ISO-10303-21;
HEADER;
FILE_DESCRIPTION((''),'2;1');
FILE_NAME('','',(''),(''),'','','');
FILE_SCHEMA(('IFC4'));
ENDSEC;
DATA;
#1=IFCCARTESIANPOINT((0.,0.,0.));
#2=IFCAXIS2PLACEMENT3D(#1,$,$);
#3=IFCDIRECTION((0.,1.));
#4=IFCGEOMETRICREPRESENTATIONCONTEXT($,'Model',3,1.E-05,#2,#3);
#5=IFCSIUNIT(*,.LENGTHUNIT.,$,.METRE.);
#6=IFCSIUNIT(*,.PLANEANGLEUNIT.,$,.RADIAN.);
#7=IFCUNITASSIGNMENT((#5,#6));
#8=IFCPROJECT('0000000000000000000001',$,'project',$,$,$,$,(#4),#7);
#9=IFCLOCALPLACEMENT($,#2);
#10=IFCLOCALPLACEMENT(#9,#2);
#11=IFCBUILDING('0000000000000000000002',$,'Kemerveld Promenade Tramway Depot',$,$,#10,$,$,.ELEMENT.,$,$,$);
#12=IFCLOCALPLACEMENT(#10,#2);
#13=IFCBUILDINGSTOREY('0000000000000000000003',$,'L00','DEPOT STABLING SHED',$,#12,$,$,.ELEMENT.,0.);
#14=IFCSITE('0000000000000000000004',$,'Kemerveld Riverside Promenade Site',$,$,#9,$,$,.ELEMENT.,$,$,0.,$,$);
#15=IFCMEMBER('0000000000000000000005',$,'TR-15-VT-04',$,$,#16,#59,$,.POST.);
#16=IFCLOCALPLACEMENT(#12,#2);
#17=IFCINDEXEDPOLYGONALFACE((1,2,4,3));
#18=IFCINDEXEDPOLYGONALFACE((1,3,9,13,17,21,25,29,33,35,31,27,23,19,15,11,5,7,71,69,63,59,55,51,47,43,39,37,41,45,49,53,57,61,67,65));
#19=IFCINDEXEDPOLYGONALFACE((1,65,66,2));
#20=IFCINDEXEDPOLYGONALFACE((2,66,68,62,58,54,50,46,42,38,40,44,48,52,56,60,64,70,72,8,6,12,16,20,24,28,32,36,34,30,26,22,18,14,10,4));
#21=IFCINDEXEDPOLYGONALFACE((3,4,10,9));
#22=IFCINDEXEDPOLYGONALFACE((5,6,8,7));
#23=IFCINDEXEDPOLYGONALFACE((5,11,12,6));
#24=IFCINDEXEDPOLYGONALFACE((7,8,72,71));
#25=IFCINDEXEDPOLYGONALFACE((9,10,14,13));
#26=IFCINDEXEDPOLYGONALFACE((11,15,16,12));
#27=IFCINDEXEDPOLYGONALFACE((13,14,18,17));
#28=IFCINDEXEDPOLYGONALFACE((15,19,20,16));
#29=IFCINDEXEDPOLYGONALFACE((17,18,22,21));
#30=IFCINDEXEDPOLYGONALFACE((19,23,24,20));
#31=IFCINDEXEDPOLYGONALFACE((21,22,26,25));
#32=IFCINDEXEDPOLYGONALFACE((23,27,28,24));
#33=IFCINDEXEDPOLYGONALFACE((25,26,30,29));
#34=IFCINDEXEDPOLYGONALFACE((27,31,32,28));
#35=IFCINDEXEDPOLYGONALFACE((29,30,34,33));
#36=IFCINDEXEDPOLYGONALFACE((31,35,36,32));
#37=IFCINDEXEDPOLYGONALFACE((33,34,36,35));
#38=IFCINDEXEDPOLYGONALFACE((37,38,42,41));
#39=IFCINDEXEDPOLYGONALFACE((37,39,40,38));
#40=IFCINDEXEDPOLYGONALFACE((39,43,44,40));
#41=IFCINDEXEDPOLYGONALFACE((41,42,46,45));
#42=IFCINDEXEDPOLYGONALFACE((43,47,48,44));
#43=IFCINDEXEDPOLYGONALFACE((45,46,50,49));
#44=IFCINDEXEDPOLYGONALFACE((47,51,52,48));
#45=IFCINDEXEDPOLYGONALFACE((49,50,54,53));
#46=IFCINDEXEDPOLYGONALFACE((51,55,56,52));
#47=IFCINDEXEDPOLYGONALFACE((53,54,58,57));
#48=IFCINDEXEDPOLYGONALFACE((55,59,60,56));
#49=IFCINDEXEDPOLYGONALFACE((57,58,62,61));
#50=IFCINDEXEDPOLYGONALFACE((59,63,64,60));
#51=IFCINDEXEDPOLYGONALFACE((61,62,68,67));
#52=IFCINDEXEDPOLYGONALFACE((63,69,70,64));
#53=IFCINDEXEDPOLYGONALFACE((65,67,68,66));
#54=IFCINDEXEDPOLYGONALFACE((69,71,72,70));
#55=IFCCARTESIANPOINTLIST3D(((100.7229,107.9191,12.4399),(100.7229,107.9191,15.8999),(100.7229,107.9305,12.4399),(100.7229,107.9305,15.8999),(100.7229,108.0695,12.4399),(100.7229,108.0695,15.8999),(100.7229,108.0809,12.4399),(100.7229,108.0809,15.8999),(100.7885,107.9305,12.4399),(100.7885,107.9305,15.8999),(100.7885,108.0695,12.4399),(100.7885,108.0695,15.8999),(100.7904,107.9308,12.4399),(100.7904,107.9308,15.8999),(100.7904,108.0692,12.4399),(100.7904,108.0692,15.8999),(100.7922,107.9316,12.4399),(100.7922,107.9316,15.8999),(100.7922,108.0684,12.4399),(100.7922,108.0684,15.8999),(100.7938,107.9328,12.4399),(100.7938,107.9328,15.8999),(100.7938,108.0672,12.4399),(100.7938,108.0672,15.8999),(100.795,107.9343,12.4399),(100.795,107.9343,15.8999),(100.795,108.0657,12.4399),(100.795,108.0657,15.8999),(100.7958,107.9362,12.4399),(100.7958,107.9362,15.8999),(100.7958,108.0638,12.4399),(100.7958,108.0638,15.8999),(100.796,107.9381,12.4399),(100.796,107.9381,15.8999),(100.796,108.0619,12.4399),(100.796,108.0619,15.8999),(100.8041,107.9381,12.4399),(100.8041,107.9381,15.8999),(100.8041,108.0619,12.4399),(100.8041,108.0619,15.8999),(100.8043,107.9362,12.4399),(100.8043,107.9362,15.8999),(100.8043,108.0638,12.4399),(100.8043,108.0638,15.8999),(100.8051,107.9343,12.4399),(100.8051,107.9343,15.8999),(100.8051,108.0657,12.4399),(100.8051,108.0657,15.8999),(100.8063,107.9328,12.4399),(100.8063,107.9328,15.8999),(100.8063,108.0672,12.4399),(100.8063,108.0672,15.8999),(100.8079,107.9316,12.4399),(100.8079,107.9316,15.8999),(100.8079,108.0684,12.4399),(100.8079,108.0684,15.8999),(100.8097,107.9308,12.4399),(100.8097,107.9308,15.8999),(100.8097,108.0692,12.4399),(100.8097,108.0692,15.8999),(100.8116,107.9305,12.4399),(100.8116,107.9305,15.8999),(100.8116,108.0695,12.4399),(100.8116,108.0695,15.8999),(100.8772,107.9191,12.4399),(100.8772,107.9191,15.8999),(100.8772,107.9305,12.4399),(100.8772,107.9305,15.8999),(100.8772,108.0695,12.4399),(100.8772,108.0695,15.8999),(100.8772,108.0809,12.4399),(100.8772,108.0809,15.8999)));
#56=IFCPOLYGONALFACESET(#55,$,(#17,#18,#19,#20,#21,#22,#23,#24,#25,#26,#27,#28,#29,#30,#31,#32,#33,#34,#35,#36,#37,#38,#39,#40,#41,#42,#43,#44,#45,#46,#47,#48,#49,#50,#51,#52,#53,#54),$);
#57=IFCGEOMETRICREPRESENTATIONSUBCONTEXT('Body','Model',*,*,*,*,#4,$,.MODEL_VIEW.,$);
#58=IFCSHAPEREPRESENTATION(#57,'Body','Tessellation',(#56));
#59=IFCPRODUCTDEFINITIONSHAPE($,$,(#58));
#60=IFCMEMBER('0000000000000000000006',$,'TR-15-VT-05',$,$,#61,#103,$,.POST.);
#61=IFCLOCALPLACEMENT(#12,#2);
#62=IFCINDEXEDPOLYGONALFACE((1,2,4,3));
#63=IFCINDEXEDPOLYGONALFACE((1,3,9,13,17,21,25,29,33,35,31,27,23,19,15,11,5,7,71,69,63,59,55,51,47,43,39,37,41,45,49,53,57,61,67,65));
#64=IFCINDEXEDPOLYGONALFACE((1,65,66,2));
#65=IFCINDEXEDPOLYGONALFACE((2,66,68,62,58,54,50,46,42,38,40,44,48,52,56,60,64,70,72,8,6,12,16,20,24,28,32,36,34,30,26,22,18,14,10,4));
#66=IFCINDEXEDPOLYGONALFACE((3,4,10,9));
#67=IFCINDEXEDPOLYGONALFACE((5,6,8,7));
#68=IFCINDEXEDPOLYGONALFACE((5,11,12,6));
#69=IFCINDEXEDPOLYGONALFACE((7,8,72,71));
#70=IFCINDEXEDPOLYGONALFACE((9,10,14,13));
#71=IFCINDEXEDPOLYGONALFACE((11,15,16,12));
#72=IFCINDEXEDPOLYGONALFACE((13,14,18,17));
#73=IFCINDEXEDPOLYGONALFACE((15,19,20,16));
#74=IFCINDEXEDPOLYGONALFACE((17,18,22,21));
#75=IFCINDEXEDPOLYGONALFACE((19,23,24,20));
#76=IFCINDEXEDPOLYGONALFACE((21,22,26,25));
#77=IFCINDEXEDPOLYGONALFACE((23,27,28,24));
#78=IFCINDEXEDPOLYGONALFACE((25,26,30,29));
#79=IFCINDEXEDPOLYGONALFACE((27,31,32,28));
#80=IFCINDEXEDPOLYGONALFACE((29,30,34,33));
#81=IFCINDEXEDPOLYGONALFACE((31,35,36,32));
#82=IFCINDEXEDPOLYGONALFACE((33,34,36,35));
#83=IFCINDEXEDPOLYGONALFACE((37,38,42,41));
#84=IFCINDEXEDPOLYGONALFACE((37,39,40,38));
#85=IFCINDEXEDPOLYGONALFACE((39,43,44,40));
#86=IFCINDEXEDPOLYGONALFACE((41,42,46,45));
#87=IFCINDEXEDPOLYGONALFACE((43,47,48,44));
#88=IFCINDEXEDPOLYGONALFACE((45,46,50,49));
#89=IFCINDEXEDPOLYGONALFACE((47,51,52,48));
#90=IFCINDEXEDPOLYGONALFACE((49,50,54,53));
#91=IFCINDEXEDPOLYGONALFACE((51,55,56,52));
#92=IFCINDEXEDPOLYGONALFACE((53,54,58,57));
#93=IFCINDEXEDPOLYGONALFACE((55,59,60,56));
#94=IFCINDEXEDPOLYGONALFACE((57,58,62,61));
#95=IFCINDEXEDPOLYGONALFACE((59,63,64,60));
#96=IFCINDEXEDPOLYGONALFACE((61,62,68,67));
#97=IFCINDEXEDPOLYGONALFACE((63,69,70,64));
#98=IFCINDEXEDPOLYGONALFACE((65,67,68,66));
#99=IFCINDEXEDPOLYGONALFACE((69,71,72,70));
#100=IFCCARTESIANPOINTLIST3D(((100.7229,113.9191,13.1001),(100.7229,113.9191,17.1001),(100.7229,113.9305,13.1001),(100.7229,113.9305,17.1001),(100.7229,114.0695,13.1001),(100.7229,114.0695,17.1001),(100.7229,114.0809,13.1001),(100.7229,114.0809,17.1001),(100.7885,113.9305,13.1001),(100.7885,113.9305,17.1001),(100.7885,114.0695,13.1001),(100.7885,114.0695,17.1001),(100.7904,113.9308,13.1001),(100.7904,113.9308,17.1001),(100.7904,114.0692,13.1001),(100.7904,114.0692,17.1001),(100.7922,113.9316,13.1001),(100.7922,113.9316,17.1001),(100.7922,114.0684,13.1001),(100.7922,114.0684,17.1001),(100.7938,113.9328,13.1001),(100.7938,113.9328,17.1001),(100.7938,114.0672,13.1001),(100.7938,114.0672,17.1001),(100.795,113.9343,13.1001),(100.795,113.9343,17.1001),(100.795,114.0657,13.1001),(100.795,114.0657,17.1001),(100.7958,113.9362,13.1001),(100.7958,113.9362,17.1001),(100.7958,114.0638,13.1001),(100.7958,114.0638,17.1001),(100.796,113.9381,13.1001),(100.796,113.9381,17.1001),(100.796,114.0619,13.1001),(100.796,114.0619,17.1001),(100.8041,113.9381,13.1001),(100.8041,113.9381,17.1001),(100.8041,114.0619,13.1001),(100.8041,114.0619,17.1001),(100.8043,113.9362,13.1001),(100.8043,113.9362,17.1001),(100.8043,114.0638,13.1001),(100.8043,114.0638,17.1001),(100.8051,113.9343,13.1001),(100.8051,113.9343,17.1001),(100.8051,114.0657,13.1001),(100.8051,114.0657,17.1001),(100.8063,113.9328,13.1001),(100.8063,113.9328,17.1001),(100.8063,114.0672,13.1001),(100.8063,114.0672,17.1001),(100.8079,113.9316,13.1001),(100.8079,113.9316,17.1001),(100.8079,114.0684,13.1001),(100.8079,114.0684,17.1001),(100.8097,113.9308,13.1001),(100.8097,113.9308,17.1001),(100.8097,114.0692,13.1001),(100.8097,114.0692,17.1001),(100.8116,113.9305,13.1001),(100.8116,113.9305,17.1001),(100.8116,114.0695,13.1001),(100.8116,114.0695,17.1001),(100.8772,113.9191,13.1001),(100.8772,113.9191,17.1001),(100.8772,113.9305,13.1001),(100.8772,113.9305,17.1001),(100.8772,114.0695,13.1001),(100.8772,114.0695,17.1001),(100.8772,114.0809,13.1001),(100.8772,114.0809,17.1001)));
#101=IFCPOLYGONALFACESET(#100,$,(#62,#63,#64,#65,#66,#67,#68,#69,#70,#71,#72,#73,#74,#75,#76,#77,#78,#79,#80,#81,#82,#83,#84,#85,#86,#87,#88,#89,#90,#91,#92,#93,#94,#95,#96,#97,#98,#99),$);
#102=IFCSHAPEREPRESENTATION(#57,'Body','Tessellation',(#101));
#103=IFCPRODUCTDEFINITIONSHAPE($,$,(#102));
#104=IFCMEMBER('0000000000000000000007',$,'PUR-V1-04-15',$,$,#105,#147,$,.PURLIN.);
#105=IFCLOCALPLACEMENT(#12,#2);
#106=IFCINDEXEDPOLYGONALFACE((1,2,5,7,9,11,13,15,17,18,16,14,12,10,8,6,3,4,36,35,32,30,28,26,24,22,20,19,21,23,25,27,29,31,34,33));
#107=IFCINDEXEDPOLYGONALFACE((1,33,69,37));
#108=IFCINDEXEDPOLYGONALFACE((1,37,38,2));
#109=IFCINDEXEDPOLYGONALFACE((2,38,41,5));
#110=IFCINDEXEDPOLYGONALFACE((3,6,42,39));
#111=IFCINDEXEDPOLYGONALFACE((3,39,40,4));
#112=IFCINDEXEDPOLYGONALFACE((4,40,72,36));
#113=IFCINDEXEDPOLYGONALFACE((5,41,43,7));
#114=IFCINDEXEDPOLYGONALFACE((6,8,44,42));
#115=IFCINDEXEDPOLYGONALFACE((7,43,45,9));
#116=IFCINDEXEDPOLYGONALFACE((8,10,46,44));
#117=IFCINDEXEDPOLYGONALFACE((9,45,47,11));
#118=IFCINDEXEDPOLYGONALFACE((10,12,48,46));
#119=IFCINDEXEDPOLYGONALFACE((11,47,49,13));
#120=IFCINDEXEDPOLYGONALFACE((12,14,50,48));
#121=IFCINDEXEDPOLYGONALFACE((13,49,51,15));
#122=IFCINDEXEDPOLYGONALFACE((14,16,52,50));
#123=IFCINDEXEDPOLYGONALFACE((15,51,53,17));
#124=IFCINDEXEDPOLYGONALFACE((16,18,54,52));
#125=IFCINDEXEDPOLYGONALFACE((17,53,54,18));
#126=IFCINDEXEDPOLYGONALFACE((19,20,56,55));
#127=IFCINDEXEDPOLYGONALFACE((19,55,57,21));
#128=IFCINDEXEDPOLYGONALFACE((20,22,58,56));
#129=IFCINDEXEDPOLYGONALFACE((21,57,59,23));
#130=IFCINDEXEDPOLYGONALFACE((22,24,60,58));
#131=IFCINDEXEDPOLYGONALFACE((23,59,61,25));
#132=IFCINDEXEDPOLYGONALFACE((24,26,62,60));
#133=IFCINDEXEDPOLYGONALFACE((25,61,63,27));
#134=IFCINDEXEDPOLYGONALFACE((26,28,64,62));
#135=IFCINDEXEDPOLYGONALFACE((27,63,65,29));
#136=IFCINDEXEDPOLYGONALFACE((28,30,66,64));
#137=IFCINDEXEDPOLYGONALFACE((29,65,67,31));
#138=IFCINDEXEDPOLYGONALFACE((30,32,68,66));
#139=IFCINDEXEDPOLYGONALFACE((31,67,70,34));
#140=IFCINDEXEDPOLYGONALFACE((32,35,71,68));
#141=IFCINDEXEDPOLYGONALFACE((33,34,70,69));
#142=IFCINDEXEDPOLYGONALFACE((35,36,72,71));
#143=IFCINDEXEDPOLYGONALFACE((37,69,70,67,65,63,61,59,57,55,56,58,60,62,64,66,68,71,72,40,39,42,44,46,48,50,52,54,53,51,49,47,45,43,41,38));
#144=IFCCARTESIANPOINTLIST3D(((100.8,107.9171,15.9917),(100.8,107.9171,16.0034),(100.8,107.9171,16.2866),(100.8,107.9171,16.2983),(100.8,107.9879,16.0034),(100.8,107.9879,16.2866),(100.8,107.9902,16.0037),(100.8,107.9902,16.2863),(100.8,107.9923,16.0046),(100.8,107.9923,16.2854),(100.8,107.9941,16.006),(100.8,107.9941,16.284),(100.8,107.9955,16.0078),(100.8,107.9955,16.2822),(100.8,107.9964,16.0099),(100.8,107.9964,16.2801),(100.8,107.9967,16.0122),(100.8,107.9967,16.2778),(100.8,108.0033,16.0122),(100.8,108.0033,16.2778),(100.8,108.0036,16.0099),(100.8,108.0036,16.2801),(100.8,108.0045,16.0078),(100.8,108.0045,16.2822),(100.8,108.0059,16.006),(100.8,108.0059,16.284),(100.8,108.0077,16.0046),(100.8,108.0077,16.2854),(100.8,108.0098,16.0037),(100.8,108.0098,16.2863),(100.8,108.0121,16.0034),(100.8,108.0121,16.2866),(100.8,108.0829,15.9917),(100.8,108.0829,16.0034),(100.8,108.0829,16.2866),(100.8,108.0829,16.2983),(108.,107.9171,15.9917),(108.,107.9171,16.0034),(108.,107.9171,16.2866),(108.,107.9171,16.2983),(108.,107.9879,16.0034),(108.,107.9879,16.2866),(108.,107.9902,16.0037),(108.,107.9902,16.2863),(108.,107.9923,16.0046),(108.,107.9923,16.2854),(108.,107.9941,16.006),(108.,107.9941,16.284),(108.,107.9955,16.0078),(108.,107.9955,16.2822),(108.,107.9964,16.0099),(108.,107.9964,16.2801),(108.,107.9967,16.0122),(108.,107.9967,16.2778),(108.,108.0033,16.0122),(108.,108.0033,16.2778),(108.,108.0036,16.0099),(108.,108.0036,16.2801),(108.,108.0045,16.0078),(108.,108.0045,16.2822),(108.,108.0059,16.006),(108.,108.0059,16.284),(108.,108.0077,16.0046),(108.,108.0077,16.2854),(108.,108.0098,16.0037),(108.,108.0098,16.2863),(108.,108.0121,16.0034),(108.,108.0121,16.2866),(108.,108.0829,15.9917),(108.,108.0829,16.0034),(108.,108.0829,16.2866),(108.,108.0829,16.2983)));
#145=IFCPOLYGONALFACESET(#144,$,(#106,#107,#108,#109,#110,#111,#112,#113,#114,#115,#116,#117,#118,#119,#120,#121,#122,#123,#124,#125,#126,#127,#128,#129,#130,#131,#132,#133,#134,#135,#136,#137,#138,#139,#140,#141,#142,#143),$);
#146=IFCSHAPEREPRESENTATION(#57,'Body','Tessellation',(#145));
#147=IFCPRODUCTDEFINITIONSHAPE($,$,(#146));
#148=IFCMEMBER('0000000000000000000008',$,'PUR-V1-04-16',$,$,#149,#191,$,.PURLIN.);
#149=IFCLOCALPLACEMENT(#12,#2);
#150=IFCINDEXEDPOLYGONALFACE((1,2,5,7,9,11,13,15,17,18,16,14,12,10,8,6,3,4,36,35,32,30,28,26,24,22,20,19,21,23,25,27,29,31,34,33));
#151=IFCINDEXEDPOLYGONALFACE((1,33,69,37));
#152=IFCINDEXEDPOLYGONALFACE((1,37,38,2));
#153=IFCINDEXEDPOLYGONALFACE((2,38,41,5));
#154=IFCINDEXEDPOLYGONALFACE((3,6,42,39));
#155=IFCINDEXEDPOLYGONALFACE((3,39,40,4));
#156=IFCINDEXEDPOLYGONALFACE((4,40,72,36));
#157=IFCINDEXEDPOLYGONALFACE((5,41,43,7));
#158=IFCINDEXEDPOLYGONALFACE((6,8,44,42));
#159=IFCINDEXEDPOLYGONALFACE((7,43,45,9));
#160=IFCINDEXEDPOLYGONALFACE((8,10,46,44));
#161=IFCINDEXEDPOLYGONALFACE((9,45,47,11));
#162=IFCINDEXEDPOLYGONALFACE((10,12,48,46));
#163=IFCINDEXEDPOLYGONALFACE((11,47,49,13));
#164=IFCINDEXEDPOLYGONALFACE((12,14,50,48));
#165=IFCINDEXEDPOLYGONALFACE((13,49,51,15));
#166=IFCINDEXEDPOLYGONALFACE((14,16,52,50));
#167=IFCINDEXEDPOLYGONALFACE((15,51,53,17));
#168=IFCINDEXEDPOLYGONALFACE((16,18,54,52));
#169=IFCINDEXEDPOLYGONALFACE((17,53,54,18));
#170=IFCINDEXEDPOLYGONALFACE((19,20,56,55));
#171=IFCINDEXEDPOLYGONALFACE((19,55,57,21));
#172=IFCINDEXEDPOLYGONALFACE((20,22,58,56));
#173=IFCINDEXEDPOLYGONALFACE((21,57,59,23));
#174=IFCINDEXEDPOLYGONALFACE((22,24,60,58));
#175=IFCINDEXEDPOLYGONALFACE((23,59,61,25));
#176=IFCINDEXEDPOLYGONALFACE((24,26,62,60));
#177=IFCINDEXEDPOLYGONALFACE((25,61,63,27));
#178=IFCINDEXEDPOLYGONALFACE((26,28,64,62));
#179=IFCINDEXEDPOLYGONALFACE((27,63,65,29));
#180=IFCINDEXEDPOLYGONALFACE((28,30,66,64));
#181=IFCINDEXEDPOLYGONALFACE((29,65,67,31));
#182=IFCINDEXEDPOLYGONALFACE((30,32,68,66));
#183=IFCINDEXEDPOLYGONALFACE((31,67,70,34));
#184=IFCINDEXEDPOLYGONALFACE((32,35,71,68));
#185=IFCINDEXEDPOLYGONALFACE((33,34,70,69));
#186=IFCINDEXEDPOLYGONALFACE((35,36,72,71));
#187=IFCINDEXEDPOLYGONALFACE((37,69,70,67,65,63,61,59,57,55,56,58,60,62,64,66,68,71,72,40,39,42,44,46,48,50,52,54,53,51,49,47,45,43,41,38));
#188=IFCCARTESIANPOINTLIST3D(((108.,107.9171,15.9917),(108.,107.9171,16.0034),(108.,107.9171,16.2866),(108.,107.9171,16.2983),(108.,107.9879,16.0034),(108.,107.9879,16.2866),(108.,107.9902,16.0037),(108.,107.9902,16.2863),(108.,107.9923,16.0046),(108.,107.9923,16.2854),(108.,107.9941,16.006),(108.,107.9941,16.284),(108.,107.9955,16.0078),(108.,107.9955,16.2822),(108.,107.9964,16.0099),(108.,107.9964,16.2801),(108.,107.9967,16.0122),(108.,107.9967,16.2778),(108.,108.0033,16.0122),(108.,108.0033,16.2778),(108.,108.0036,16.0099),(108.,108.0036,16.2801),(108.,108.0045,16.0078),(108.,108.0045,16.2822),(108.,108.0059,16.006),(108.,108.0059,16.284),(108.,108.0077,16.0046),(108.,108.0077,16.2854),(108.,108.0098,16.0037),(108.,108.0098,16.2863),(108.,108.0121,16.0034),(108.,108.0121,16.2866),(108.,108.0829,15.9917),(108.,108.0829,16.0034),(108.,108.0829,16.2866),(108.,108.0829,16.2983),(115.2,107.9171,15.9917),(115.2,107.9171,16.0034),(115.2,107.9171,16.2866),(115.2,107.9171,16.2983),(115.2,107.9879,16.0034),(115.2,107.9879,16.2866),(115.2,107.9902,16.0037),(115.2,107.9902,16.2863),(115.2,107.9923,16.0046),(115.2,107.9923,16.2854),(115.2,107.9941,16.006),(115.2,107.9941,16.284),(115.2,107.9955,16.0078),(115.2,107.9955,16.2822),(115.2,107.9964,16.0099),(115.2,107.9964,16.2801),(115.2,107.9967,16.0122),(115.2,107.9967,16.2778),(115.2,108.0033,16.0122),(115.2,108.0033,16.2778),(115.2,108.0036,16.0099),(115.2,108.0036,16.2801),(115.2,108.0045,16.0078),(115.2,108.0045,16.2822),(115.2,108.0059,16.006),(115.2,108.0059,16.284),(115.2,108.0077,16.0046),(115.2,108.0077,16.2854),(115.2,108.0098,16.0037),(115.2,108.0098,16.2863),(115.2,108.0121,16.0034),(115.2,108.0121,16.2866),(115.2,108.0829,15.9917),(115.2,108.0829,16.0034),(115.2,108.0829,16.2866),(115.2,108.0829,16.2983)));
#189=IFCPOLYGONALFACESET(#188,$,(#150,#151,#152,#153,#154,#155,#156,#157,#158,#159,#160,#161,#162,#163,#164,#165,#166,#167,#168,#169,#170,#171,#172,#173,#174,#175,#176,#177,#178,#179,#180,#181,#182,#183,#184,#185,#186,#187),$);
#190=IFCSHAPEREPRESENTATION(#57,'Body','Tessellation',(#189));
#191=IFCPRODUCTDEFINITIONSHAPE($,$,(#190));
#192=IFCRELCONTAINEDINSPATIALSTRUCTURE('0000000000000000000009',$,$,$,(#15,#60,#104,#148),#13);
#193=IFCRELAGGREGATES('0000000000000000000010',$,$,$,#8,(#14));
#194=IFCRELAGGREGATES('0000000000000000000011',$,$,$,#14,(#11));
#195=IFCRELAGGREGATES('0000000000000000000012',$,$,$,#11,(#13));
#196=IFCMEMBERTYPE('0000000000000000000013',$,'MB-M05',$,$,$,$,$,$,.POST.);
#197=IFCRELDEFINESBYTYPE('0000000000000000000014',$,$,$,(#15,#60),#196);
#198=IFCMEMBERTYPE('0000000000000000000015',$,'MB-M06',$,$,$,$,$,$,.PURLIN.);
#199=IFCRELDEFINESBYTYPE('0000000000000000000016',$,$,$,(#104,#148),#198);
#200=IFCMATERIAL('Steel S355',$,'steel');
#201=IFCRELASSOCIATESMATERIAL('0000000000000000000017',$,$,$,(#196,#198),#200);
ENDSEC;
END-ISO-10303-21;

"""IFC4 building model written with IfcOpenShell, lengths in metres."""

from ifc_helpers import new_model, si_unit, direction, frame, origin, origin_2d, place, context, subcontext, project, spatial, i_section, extrude, material, material_profile, profile_set, type_object, element, save


model = new_model("IFC4")

# Units and contexts
model_context = context("Model", 3, precision=1e-05, world=origin(), true_north=direction((0.0, 1.0)))
body_context = subcontext(model_context, "Body", "Model", "MODEL_VIEW")
ifc_project = project(units=[si_unit("LENGTHUNIT", "METRE"), si_unit("PLANEANGLEUNIT", "RADIAN")], contexts=[model_context])

# Site, building, storey
site_placement = place(None, origin())
site = spatial("IfcSite", under=ifc_project, at=site_placement, Name="Kemerveld Riverside Promenade Site", CompositionType="ELEMENT", RefElevation=0.0)
building_placement = place(site_placement, origin())
building = spatial("IfcBuilding", under=site, at=building_placement, Name="Kemerveld Promenade Tramway Depot", CompositionType="ELEMENT")
storey_placement = place(building_placement, origin())
storey = spatial("IfcBuildingStorey", under=building, at=storey_placement, Name="L00", Description="DEPOT STABLING SHED", CompositionType="ELEMENT", Elevation=0.0)

# Members
ifc_material_1 = material(Name="Steel S355", Category="steel")
ifc_material_profile_1 = material_profile(ifc_material_1, i_section(OverallWidth=0.1543, OverallDepth=0.1619, WebThickness=0.0081, FlangeThickness=0.0115, FilletRadius=0.0076, at=origin_2d()), Name="152x152x37 UC")
ifc_profile_set_1 = profile_set([ifc_material_profile_1], Name="Steel S355")
member_type_1 = type_object("IfcMemberType", Name="MB-M05", PredefinedType="POST", material=ifc_profile_set_1)
member_1_placement = place(storey_placement, frame((100.8, 108.0, 12.4399), z_axis=(0.0, 0.0, 1.0), x_axis=(1.0, 0.0, 0.0)))
element("IfcMember", 1, at=member_1_placement, inside=storey, type_object=member_type_1, Name="TR-15-VT-04", PredefinedType="POST", context=body_context, shape_type="SweptSolid", body=[
    extrude(i_section(OverallWidth=0.1543, OverallDepth=0.1619, WebThickness=0.0081, FlangeThickness=0.0115, FilletRadius=0.0076, at=origin_2d()), origin(), (0.0, 0.0, 1.0), 3.46),
])
member_2_placement = place(storey_placement, frame((100.8, 114.0, 13.1001), z_axis=(0.0, 0.0, 1.0), x_axis=(1.0, 0.0, 0.0)))
element("IfcMember", 2, at=member_2_placement, inside=storey, type_object=member_type_1, Name="TR-15-VT-05", PredefinedType="POST", context=body_context, shape_type="SweptSolid", body=[
    extrude(i_section(OverallWidth=0.1543, OverallDepth=0.1619, WebThickness=0.0081, FlangeThickness=0.0115, FilletRadius=0.0076, at=origin_2d()), origin(), (0.0, 0.0, 1.0), 4.0),
])
ifc_material_profile_2 = material_profile(ifc_material_1, i_section(OverallWidth=0.1658, OverallDepth=0.3066, WebThickness=0.0066, FlangeThickness=0.0117, FilletRadius=0.0088, at=origin_2d()), Name="305x165x46 UB")
ifc_profile_set_2 = profile_set([ifc_material_profile_2], Name="Steel S355")
member_type_2 = type_object("IfcMemberType", Name="MB-M06", PredefinedType="PURLIN", material=ifc_profile_set_2)
for number, where, z_axis, x_axis, name in (
    (3, (100.8, 108.0, 16.145), (1.0, 0.0, 0.0), (0.0, 1.0, 0.0), "PUR-V1-04-15"),
    (4, (108.0, 108.0, 16.145), (1.0, 0.0, 0.0), (0.0, 1.0, 0.0), "PUR-V1-04-16"),
):
    element("IfcMember", number, at=place(storey_placement, frame(where, z_axis=z_axis, x_axis=x_axis)), inside=storey, type_object=member_type_2, Name=name, PredefinedType="PURLIN", context=body_context, shape_type="SweptSolid", body=[
        extrude(i_section(OverallWidth=0.1658, OverallDepth=0.3066, WebThickness=0.0066, FlangeThickness=0.0117, FilletRadius=0.0088, at=origin_2d()), origin(), (0.0, 0.0, 1.0), 7.2),
    ])

save(model, "model.ifc")
